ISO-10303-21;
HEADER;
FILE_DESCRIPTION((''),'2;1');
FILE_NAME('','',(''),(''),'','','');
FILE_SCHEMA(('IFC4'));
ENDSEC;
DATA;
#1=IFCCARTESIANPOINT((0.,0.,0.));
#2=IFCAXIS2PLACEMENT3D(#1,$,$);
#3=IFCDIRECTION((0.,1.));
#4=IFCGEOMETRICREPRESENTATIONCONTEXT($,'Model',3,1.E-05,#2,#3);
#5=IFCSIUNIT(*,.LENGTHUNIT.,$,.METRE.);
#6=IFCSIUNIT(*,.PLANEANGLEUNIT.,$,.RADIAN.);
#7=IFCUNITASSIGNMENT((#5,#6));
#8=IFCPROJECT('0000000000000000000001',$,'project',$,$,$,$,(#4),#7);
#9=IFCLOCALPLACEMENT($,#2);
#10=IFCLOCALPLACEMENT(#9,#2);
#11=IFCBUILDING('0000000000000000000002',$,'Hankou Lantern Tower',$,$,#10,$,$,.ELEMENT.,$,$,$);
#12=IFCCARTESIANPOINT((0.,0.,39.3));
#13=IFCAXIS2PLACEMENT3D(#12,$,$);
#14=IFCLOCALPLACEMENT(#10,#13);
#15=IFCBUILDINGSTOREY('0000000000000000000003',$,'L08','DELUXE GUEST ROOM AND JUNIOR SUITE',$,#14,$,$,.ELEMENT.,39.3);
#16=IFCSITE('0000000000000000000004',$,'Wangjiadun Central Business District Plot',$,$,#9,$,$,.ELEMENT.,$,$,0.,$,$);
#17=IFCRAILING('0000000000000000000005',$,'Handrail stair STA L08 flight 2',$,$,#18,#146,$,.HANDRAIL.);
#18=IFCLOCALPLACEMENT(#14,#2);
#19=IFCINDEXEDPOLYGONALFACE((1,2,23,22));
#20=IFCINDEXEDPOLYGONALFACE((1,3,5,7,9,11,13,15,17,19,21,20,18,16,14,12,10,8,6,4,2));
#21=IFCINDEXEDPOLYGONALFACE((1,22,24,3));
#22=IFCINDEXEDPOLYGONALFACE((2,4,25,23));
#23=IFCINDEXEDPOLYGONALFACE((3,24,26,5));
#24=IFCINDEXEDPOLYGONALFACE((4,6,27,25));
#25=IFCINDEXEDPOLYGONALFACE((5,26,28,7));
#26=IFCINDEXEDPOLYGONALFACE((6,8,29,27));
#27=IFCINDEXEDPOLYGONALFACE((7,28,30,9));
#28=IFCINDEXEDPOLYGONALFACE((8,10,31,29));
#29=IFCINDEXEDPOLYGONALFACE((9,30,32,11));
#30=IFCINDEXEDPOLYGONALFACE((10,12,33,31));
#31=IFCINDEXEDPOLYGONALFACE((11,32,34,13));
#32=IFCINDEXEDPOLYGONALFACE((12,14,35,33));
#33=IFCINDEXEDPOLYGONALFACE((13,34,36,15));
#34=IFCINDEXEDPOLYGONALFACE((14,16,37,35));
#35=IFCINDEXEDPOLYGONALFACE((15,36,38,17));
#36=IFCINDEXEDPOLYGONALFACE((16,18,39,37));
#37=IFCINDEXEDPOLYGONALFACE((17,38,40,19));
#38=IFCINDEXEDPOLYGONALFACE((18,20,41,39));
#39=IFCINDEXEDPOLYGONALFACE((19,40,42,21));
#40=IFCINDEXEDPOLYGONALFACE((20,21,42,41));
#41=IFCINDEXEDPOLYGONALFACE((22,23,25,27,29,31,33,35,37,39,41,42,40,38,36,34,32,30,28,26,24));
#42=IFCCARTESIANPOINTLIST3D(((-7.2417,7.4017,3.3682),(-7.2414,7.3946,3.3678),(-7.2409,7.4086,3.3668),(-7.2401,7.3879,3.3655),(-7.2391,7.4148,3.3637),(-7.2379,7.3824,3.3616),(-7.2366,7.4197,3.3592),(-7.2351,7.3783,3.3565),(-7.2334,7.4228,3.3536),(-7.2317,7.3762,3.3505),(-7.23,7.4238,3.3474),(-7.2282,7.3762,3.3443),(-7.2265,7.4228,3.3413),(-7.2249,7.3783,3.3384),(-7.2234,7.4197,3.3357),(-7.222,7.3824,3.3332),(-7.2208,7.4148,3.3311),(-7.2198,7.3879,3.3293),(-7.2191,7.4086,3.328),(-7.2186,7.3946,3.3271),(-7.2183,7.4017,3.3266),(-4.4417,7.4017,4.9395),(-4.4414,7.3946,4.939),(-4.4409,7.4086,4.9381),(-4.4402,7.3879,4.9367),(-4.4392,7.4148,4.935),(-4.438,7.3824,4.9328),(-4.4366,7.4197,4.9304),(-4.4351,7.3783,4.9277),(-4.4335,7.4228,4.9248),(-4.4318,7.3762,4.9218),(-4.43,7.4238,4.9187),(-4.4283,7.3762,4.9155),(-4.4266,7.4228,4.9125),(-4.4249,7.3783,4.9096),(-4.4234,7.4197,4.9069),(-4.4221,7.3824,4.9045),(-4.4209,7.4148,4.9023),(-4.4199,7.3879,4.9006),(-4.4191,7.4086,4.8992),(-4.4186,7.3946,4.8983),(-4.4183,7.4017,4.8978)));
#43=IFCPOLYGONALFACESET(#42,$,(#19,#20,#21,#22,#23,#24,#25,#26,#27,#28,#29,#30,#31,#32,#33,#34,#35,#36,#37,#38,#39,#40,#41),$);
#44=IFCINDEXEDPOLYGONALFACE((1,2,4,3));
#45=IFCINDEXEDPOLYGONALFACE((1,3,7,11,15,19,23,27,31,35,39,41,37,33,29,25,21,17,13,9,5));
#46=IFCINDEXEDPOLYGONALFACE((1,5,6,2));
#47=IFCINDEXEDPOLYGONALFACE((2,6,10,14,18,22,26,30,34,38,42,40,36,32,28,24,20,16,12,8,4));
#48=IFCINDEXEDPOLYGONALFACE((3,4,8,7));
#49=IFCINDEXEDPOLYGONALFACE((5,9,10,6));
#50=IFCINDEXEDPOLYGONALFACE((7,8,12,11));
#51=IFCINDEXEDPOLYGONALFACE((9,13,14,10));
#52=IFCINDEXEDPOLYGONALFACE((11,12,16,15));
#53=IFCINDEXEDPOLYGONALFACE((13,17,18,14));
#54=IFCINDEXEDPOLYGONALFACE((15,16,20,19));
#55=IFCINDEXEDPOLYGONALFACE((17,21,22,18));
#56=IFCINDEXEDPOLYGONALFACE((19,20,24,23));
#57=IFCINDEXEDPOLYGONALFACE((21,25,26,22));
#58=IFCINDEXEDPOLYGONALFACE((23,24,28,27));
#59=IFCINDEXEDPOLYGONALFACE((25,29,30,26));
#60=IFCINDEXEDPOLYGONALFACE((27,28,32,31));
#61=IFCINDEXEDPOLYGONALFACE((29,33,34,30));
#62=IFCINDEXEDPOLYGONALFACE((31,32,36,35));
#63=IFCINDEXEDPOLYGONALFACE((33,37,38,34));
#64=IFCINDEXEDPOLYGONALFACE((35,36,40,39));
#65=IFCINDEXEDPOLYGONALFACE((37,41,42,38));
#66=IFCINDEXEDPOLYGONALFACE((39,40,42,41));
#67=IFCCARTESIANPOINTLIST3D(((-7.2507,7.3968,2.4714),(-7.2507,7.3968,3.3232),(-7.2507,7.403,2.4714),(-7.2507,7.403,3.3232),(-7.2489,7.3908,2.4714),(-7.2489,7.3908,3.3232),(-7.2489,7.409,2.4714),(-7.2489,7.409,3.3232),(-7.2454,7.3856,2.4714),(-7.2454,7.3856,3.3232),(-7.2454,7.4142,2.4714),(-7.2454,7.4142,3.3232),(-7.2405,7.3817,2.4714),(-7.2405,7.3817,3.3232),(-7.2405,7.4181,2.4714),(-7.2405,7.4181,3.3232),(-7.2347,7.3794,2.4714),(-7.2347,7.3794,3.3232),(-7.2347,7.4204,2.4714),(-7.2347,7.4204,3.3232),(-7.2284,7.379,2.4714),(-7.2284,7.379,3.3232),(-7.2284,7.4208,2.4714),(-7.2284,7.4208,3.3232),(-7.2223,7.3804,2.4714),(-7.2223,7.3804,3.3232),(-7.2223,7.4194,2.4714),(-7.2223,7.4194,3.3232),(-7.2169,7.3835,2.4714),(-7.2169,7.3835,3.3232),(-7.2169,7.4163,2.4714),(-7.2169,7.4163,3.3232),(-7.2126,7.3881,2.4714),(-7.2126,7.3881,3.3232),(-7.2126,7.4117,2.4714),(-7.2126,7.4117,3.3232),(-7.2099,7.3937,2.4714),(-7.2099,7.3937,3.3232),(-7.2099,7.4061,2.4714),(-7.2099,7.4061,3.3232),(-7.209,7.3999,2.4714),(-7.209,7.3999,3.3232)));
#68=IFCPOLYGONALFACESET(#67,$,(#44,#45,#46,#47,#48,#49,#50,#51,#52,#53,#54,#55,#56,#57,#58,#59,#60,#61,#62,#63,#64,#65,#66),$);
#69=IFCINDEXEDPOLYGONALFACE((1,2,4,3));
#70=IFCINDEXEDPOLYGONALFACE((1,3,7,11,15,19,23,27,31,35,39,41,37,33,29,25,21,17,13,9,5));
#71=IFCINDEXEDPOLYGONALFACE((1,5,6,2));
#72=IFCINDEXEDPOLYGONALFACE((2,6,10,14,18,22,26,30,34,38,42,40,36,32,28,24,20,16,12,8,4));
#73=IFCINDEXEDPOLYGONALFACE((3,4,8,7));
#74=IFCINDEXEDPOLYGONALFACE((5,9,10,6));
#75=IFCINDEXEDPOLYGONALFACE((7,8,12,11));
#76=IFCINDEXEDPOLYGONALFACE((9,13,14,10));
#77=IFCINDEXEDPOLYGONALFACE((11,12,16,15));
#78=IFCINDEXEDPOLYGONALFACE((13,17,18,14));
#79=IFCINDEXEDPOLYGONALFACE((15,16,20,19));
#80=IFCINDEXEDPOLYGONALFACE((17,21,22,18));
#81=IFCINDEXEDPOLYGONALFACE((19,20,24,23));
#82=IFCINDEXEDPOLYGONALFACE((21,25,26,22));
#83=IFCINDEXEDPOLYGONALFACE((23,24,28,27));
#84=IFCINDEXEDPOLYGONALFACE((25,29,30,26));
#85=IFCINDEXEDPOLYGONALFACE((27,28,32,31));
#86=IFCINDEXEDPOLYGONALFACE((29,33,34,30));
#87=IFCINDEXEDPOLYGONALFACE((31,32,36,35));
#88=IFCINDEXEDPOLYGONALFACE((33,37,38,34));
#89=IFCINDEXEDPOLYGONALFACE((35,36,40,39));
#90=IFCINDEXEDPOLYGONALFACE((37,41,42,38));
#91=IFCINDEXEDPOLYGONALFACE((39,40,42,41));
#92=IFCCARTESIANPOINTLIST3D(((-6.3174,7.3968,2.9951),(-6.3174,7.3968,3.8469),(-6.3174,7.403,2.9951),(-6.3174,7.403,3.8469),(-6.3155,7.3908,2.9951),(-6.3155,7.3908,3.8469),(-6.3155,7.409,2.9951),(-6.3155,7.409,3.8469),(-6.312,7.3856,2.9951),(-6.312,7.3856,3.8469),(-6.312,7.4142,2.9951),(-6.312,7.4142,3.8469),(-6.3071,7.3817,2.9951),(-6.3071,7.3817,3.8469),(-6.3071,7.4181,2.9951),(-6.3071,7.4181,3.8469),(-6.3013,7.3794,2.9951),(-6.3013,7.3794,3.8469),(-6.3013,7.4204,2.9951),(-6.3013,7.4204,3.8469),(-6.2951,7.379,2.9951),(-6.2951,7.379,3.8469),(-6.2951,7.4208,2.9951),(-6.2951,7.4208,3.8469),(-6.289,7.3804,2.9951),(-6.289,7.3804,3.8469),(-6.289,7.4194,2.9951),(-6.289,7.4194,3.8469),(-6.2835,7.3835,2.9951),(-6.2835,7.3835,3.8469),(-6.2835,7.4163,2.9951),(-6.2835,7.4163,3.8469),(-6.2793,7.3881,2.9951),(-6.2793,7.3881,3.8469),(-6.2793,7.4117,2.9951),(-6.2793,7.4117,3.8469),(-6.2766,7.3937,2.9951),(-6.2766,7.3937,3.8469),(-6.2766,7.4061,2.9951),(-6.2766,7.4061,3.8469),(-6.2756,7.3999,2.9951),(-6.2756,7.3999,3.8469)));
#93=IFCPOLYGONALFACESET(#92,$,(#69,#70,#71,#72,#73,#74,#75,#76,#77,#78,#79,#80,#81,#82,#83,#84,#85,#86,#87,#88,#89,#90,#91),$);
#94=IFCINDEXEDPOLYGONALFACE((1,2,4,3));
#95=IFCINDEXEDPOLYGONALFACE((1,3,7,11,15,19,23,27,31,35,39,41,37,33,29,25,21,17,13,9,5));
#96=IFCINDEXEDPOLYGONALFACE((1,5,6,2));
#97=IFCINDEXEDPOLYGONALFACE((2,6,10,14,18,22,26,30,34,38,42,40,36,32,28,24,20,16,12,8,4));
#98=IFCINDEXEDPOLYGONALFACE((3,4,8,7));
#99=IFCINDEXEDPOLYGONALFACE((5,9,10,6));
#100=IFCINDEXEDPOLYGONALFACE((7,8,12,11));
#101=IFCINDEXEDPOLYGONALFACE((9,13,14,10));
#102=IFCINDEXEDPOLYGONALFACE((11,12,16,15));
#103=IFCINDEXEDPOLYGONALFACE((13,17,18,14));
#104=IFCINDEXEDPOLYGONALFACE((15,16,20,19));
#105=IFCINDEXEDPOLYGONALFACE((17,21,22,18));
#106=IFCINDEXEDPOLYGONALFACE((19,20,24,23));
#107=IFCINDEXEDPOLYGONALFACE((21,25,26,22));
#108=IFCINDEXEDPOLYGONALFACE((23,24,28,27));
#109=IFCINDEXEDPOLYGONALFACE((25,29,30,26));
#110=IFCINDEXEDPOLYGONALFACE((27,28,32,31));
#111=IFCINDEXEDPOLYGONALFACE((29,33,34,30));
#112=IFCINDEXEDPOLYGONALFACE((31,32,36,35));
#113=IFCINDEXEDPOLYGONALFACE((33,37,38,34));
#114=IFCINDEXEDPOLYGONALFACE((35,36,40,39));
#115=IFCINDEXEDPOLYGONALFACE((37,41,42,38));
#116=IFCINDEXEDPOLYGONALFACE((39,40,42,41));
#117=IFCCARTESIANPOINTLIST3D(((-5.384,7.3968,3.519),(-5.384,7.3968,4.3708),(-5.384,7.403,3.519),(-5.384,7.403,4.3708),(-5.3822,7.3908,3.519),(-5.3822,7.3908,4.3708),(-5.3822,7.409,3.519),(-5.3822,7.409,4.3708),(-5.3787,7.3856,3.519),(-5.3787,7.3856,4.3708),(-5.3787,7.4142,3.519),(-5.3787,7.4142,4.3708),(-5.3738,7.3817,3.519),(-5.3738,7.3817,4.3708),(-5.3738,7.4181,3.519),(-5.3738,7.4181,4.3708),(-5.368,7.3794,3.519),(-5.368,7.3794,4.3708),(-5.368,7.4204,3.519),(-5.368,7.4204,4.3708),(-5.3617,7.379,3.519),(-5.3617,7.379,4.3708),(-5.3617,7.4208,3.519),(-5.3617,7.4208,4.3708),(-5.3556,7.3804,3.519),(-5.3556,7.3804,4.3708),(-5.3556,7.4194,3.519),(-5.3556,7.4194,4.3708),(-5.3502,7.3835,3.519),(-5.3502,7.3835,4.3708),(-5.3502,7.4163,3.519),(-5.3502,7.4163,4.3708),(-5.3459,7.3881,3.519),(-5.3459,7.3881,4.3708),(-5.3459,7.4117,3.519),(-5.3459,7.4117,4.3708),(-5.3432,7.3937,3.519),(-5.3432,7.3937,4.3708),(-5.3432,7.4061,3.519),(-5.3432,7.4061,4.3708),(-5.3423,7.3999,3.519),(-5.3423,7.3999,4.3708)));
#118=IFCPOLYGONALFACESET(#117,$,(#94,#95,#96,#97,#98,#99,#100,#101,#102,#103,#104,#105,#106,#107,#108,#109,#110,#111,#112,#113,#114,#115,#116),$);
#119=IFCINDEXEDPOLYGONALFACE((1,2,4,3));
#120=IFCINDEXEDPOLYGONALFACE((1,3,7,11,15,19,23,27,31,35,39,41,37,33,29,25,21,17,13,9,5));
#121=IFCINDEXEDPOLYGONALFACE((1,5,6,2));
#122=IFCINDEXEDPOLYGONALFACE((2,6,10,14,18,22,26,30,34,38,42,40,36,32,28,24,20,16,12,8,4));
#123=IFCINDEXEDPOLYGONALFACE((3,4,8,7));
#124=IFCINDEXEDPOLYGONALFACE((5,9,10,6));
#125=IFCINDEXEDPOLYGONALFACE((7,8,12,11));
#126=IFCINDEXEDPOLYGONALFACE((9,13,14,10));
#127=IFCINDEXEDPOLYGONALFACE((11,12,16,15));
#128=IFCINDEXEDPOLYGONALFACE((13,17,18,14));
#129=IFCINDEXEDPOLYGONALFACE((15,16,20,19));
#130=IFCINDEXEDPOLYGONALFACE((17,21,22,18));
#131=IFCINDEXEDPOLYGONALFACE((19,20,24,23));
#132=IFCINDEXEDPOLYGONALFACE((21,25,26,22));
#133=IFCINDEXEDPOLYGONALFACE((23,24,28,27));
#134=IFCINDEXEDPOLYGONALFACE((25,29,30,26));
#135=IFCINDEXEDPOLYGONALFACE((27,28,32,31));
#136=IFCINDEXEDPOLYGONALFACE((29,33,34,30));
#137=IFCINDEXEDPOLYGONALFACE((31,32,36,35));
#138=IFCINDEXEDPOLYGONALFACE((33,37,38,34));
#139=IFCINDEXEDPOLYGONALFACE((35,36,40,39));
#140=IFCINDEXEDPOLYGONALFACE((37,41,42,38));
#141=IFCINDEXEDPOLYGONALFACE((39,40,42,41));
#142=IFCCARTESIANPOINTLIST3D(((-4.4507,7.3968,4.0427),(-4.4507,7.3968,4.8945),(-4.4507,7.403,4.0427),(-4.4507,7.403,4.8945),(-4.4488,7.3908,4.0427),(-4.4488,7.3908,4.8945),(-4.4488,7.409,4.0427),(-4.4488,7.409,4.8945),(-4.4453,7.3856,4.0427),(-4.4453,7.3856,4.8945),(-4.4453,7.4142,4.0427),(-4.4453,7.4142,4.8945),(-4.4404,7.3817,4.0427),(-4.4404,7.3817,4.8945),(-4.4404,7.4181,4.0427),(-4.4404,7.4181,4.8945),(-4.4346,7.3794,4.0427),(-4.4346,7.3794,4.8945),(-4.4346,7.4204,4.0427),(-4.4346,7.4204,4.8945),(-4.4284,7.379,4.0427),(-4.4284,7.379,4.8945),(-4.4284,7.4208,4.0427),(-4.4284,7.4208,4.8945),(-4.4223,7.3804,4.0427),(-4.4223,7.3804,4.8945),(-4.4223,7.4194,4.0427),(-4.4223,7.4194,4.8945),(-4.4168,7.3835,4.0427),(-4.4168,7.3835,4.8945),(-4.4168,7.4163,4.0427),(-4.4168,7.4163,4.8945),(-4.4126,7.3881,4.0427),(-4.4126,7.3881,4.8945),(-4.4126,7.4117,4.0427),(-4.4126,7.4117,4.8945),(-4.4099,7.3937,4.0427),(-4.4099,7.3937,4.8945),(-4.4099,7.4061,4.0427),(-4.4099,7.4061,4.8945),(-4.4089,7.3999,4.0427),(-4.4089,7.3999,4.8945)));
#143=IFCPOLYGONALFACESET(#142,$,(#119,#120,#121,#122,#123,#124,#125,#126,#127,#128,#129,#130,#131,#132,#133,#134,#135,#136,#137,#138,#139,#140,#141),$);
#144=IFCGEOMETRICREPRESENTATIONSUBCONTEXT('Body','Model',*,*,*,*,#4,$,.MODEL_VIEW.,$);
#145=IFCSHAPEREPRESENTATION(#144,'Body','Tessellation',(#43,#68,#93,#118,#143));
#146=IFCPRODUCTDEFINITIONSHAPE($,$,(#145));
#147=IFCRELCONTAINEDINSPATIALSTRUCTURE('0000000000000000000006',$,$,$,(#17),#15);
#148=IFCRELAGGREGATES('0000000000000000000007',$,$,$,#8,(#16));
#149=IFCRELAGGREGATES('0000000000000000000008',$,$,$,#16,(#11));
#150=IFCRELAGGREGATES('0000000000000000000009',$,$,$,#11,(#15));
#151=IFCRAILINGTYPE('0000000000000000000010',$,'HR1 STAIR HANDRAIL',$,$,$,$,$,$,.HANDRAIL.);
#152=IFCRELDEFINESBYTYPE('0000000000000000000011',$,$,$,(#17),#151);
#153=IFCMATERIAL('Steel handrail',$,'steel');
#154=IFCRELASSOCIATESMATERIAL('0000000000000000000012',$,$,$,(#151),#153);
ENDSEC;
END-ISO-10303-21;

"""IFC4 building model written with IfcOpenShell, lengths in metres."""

from ifc_helpers import new_model, si_unit, direction, frame, origin, origin_2d, place, context, subcontext, project, spatial, circle, extrude, material, type_object, element, save


model = new_model("IFC4")

# Units and contexts
model_context = context("Model", 3, precision=1e-05, world=origin(), true_north=direction((0.0, 1.0)))
body_context = subcontext(model_context, "Body", "Model", "MODEL_VIEW")
ifc_project = project(units=[si_unit("LENGTHUNIT", "METRE"), si_unit("PLANEANGLEUNIT", "RADIAN")], contexts=[model_context])

# Site, building, storey
site_placement = place(None, origin())
site = spatial("IfcSite", under=ifc_project, at=site_placement, Name="Wangjiadun Central Business District Plot", CompositionType="ELEMENT", RefElevation=0.0)
building_placement = place(site_placement, origin())
building = spatial("IfcBuilding", under=site, at=building_placement, Name="Hankou Lantern Tower", CompositionType="ELEMENT")
storey_placement = place(building_placement, frame((0.0, 0.0, 39.3)))
storey = spatial("IfcBuildingStorey", under=building, at=storey_placement, Name="L08", Description="DELUXE GUEST ROOM AND JUNIOR SUITE", CompositionType="ELEMENT", Elevation=39.3)

# Railing
ifc_material_1 = material(Name="Steel handrail", Category="steel")
railing_type = type_object("IfcRailingType", Name="HR1 STAIR HANDRAIL", PredefinedType="HANDRAIL", material=ifc_material_1)
railing_1_placement = place(storey_placement, frame((-7.23, 7.3999, 2.4714)))
element("IfcRailing", 1, at=railing_1_placement, inside=storey, type_object=railing_type, Name="Handrail stair STA L08 flight 2", PredefinedType="HANDRAIL", context=body_context, shape_type="SweptSolid", body=[
    extrude(circle(Radius=0.0239, at=origin_2d()), frame((0.0, 0.0, 0.876), z_axis=(0.872073, 0.0, 0.489377), x_axis=(0.0, 1.0, 0.0)), (0.0, 0.0, 1.0), 3.2107),
    extrude(circle(Radius=0.021, at=origin_2d()), origin(), (0.0, 0.0, 1.0), 0.8518),
    extrude(circle(Radius=0.021, at=origin_2d()), frame((0.9333, 0.0, 0.5237)), (0.0, 0.0, 1.0), 0.8518),
    extrude(circle(Radius=0.021, at=origin_2d()), frame((1.8667, 0.0, 1.0476)), (0.0, 0.0, 1.0), 0.8518),
    extrude(circle(Radius=0.021, at=origin_2d()), frame((2.8, 0.0, 1.5713)), (0.0, 0.0, 1.0), 0.8518),
])

save(model, "model.ifc")
